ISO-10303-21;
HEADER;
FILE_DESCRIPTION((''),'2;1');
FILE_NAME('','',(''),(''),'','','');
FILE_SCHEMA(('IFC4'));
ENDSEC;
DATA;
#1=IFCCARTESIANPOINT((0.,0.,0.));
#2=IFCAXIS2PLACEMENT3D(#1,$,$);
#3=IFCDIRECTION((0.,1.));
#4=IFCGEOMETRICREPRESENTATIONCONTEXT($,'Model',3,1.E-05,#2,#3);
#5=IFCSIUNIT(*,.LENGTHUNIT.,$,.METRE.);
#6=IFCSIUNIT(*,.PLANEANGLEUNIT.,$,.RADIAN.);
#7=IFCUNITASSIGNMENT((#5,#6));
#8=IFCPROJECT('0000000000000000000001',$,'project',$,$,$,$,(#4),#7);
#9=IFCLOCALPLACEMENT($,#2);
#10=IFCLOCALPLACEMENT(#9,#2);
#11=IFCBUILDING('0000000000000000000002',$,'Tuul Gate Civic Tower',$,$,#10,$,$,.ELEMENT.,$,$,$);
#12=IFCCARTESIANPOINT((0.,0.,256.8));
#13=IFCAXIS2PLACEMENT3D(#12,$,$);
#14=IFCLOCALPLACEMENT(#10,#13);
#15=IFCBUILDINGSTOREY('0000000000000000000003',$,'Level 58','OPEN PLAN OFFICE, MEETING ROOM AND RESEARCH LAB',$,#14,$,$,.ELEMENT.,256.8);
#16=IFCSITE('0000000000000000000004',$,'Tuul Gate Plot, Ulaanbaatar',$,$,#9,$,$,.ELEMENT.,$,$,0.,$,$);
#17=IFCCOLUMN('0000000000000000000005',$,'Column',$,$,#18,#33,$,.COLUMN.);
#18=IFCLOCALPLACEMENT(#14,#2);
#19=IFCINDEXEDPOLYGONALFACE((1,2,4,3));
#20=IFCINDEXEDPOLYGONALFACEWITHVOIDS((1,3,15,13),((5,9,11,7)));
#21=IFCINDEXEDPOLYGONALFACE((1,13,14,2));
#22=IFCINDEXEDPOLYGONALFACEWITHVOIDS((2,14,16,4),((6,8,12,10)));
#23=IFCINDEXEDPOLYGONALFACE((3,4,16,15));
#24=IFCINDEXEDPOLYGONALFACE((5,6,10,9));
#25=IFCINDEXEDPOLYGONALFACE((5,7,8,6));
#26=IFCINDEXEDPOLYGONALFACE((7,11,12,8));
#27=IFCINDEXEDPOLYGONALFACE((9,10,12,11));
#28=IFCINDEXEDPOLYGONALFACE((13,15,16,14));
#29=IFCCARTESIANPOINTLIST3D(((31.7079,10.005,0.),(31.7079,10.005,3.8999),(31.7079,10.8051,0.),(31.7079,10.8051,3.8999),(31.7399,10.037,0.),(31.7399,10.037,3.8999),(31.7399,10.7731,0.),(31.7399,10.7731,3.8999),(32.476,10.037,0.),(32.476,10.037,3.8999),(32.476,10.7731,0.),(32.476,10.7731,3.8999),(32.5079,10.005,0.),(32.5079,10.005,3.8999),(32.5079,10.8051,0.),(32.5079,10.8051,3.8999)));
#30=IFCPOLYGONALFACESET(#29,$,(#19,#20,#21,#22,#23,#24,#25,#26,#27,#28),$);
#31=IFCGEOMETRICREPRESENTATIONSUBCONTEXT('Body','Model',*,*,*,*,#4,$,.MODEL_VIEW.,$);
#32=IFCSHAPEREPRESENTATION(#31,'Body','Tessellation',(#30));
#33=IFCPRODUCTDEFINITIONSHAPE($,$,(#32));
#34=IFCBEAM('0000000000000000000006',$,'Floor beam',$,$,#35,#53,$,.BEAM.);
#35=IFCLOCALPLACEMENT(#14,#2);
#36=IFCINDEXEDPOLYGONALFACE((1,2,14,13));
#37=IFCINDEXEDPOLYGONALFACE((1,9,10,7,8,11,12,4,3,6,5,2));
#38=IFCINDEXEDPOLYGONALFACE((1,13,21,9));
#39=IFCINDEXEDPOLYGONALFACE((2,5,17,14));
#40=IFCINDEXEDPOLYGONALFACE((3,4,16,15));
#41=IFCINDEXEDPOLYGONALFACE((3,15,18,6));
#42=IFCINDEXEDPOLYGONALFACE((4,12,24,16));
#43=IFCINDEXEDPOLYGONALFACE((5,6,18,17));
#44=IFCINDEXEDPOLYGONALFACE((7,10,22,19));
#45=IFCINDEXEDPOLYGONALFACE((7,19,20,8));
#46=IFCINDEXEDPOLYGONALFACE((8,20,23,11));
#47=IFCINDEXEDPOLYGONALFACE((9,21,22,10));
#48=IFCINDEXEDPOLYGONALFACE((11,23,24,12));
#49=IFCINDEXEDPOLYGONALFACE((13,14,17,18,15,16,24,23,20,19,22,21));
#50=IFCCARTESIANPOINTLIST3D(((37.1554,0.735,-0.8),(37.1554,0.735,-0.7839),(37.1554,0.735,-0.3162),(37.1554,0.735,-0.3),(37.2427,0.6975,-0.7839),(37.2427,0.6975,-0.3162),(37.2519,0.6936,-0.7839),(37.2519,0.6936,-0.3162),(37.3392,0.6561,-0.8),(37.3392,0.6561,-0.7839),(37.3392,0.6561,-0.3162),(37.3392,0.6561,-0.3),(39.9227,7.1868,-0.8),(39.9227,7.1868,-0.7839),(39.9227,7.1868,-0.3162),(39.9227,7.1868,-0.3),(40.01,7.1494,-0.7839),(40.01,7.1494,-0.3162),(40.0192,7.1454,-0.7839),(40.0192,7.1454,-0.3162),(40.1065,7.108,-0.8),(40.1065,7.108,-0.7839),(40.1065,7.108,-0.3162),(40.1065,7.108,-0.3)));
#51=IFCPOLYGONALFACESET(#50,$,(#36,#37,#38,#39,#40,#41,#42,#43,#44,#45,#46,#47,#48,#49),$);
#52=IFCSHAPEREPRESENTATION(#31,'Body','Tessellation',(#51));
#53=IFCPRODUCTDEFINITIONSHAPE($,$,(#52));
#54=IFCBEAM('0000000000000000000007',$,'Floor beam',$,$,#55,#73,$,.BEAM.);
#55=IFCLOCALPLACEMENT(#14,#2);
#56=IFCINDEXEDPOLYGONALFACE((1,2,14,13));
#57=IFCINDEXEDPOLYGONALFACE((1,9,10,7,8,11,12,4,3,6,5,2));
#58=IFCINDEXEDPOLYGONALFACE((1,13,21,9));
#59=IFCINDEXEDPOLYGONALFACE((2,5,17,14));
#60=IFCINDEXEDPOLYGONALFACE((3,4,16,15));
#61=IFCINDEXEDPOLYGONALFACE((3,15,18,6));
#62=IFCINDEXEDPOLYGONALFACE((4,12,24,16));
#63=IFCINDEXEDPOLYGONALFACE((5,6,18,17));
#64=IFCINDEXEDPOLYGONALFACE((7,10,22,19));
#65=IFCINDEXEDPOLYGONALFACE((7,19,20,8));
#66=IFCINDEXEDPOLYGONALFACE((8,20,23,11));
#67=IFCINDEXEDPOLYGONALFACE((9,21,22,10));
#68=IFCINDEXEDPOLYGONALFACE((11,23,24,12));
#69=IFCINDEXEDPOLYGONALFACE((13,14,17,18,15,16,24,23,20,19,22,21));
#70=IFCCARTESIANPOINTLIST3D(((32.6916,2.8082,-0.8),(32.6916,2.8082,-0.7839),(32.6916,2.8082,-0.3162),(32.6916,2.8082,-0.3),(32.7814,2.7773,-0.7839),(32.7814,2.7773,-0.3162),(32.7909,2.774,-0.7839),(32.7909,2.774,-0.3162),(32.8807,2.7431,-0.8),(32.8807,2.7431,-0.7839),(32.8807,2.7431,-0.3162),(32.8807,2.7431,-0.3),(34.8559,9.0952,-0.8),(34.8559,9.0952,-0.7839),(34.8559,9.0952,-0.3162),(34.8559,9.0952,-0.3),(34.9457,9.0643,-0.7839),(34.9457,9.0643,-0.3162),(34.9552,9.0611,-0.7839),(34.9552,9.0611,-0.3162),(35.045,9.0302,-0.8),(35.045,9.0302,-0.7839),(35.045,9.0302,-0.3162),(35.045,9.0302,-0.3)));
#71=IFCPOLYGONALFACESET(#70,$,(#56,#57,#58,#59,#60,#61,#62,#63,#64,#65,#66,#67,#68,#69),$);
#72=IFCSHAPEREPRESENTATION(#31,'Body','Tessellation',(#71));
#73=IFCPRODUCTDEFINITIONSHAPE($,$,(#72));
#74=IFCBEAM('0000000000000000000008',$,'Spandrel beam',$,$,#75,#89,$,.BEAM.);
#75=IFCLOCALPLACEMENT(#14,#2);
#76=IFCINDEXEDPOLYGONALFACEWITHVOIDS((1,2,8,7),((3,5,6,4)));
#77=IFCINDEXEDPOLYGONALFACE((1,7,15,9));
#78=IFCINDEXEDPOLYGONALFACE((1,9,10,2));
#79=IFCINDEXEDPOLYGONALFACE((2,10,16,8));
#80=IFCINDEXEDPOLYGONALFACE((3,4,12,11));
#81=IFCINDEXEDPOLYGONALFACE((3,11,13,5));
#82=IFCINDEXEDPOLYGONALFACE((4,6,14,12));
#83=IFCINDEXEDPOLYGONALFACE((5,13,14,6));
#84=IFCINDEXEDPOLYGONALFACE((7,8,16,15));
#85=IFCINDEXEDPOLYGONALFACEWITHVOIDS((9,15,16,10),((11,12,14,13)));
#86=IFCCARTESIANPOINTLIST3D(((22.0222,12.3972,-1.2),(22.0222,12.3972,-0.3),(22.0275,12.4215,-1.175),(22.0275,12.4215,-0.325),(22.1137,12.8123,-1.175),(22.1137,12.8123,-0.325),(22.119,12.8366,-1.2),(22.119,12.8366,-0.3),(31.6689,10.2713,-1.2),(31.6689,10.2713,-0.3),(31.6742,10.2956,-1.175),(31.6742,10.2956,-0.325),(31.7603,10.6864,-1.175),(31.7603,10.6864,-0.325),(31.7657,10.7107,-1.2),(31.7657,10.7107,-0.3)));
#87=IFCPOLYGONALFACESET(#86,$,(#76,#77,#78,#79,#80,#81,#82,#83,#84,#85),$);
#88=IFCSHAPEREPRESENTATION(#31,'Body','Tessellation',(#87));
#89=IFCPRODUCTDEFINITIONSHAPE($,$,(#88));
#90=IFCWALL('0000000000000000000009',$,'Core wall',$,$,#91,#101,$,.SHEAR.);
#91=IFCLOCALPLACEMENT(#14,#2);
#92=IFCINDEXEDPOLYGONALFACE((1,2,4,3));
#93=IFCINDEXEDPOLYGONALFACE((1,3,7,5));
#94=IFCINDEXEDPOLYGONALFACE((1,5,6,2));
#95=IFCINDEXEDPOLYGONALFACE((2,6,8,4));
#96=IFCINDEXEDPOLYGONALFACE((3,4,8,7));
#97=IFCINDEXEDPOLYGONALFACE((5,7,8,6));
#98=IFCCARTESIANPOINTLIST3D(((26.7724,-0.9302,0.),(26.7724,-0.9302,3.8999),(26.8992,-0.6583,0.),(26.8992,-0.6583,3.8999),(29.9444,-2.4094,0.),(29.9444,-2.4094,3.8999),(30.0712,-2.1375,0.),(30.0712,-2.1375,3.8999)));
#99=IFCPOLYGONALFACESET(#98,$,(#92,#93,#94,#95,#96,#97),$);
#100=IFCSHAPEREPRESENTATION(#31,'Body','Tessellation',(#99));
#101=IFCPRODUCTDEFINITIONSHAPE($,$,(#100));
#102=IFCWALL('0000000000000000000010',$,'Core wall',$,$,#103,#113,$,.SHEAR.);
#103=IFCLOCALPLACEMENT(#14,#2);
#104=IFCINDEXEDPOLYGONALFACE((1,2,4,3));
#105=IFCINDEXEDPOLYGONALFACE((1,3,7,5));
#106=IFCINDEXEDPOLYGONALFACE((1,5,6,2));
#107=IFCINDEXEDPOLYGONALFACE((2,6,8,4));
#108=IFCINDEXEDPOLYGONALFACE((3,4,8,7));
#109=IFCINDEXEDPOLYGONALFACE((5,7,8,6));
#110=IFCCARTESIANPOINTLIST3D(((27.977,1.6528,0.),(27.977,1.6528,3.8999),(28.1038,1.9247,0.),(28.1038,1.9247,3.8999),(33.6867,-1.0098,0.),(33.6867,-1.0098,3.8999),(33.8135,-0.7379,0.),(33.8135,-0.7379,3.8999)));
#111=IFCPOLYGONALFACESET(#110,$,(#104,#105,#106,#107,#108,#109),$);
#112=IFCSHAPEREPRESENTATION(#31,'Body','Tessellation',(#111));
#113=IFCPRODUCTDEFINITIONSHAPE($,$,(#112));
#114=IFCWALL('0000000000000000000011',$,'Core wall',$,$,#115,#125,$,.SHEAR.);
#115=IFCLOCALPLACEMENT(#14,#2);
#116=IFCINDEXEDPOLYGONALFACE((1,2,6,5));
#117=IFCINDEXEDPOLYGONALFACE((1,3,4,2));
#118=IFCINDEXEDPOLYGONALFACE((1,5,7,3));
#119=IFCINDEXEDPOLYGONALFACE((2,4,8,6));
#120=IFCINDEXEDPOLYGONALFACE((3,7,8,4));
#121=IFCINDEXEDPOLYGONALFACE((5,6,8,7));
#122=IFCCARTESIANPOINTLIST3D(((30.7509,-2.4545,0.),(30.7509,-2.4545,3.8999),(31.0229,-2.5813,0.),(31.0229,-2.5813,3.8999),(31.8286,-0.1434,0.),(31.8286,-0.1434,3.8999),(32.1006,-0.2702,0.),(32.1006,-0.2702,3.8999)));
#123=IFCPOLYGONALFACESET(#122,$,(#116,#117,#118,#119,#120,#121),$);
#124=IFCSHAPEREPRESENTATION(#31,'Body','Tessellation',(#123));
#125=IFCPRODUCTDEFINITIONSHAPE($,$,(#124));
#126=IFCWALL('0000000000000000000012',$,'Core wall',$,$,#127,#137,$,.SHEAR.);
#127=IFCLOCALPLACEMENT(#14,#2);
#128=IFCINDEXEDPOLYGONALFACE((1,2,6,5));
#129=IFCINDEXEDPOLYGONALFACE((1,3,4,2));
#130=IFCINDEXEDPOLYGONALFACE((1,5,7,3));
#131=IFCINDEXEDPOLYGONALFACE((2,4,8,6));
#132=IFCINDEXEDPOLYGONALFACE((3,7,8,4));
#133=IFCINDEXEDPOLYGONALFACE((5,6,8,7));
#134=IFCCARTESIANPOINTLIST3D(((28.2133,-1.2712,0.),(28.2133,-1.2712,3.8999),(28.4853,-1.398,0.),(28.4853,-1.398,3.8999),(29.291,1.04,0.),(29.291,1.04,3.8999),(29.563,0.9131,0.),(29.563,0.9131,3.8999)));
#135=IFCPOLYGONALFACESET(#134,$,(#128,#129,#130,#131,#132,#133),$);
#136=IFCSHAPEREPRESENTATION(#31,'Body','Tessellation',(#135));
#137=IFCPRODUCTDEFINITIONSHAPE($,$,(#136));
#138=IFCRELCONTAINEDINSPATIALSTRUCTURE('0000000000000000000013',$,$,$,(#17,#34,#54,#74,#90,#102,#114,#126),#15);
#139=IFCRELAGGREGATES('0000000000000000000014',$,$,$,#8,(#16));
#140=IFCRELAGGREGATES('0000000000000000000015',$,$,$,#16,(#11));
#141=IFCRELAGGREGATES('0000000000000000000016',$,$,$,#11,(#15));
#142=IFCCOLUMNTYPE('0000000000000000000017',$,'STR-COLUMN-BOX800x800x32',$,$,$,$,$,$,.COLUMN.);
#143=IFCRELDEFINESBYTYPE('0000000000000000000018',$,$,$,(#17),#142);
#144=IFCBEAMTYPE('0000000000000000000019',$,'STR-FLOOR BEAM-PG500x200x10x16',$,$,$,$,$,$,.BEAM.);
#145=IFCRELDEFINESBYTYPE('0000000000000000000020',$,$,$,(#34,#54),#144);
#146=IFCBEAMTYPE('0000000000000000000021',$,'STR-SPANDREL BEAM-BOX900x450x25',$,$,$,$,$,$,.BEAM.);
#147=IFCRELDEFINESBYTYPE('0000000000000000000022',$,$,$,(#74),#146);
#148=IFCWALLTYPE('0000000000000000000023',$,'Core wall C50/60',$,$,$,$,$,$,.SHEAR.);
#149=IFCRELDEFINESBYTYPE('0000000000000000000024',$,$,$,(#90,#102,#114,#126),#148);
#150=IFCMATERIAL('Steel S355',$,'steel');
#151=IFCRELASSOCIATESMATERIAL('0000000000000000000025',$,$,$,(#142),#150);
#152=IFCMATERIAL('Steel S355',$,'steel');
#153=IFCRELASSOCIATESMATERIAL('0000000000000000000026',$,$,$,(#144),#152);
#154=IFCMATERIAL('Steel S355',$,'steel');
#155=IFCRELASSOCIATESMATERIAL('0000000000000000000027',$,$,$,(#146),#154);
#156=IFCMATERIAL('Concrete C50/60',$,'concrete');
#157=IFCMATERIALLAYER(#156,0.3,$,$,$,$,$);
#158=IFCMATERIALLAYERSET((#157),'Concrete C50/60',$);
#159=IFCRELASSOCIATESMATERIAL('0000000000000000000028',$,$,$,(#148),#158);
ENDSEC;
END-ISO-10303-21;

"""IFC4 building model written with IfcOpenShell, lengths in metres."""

from ifc_helpers import new_model, si_unit, direction, frame, frame_2d, origin, origin_2d, place, context, subcontext, project, spatial, rectangle, hollow_rectangle, i_section, extrude, material, layer, layer_set, material_profile, profile_set, type_object, element, save


model = new_model("IFC4")

# Units and contexts
model_context = context("Model", 3, precision=1e-05, world=origin(), true_north=direction((0.0, 1.0)))
body_context = subcontext(model_context, "Body", "Model", "MODEL_VIEW")
ifc_project = project(units=[si_unit("LENGTHUNIT", "METRE"), si_unit("PLANEANGLEUNIT", "RADIAN")], contexts=[model_context])

# Site, building, storey
site_placement = place(None, origin())
site = spatial("IfcSite", under=ifc_project, at=site_placement, Name="Tuul Gate Plot, Ulaanbaatar", CompositionType="ELEMENT", RefElevation=0.0)
building_placement = place(site_placement, origin())
building = spatial("IfcBuilding", under=site, at=building_placement, Name="Tuul Gate Civic Tower", CompositionType="ELEMENT")
storey_placement = place(building_placement, frame((0.0, 0.0, 256.8)))
storey = spatial("IfcBuildingStorey", under=building, at=storey_placement, Name="Level 58", Description="OPEN PLAN OFFICE, MEETING ROOM AND RESEARCH LAB", CompositionType="ELEMENT", Elevation=256.8)

# Column
ifc_material_1 = material(Name="Steel S355", Category="steel")
ifc_material_profile_1 = material_profile(ifc_material_1, hollow_rectangle(XDim=0.8, YDim=0.8, WallThickness=0.032, at=origin_2d()), Name="BOX800x800x32")
ifc_profile_set_1 = profile_set([ifc_material_profile_1], Name="Steel S355")
column_type = type_object("IfcColumnType", Name="STR-COLUMN-BOX800x800x32", PredefinedType="COLUMN", material=ifc_profile_set_1)
column_placement = place(storey_placement, frame((32.1079, 10.405, 0.0), z_axis=(0.0, 0.0, 1.0), x_axis=(1.0, 0.0, 0.0)))
element("IfcColumn", 1, at=column_placement, inside=storey, type_object=column_type, Name="Column", PredefinedType="COLUMN", context=body_context, shape_type="SweptSolid", body=[
    extrude(hollow_rectangle(XDim=0.8, YDim=0.8, WallThickness=0.032, at=origin_2d()), origin(), (0.0, 0.0, 1.0), 3.8999),
])

# Beams
ifc_material_2 = material(Name="Steel S355", Category="steel")
ifc_material_profile_2 = material_profile(ifc_material_2, i_section(OverallWidth=0.2, OverallDepth=0.5, WebThickness=0.01, FlangeThickness=0.0161, at=origin_2d()), Name="PG500x200x10x16")
ifc_profile_set_2 = profile_set([ifc_material_profile_2], Name="Steel S355")
beam_type_1 = type_object("IfcBeamType", Name="STR-FLOOR BEAM-PG500x200x10x16", PredefinedType="BEAM", material=ifc_profile_set_2)
beam_1_placement = place(storey_placement, frame((37.2473, 0.6956, -0.55), z_axis=(0.394188, 0.91903, 0.0), x_axis=(-0.91903, 0.394188, 0.0)))
element("IfcBeam", 2, at=beam_1_placement, inside=storey, type_object=beam_type_1, Name="Floor beam", PredefinedType="BEAM", context=body_context, shape_type="SweptSolid", body=[
    extrude(i_section(OverallWidth=0.2, OverallDepth=0.5, WebThickness=0.01, FlangeThickness=0.0161, at=origin_2d()), origin(), (0.0, 0.0, 1.0), 7.0203),
])
beam_2_placement = place(storey_placement, frame((32.7861, 2.7756, -0.55), z_axis=(0.325498, 0.945543, 0.0), x_axis=(-0.945543, 0.325498, 0.0)))
element("IfcBeam", 3, at=beam_2_placement, inside=storey, type_object=beam_type_1, Name="Floor beam", PredefinedType="BEAM", context=body_context, shape_type="SweptSolid", body=[
    extrude(i_section(OverallWidth=0.2, OverallDepth=0.5, WebThickness=0.01, FlangeThickness=0.0161, at=origin_2d()), origin(), (0.0, 0.0, 1.0), 6.6492),
])
ifc_material_3 = material(Name="Steel S355", Category="steel")
ifc_material_profile_3 = material_profile(ifc_material_3, hollow_rectangle(XDim=0.45, YDim=0.8999, WallThickness=0.0249, at=origin_2d()), Name="BOX900x450x25")
ifc_profile_set_3 = profile_set([ifc_material_profile_3], Name="Steel S355")
beam_type_2 = type_object("IfcBeamType", Name="STR-SPANDREL BEAM-BOX900x450x25", PredefinedType="BEAM", material=ifc_profile_set_3)
beam_3_placement = place(storey_placement, frame((31.7173, 10.491, -0.75), z_axis=(-0.976566, 0.215219, 0.0), x_axis=(-0.215219, -0.976566, 0.0)))
element("IfcBeam", 4, at=beam_3_placement, inside=storey, type_object=beam_type_2, Name="Spandrel beam", PredefinedType="BEAM", context=body_context, shape_type="SweptSolid", body=[
    extrude(hollow_rectangle(XDim=0.45, YDim=0.8999, WallThickness=0.0249, at=origin_2d()), origin(), (0.0, 0.0, 1.0), 9.8782),
])

# Walls
ifc_material_4 = material(Name="Concrete C50/60", Category="concrete")
ifc_layer_1 = layer(ifc_material_4, 0.3)
ifc_layer_set_1 = layer_set([ifc_layer_1], Name="Concrete C50/60")
wall_type_1 = type_object("IfcWallType", Name="Core wall C50/60", PredefinedType="SHEAR", material=ifc_layer_set_1)
wall_1_placement = place(storey_placement, frame((30.0078, -2.2734, 0.0), z_axis=(0.0, 0.0, 1.0), x_axis=(-0.906301, 0.422633, 0.0)))
element("IfcWall", 5, at=wall_1_placement, inside=storey, type_object=wall_type_1, Name="Core wall", PredefinedType="SHEAR", context=body_context, shape_type="SweptSolid", body=[
    extrude(rectangle(XDim=3.5, YDim=0.3, at=frame_2d((1.75, 0.0))), origin(), (0.0, 0.0, 1.0), 3.8999),
])
wall_2_placement = place(storey_placement, frame((33.75, -0.8738, 0.0), z_axis=(0.0, 0.0, 1.0), x_axis=(-0.906301, 0.422633, 0.0)))
element("IfcWall", 6, at=wall_2_placement, inside=storey, type_object=wall_type_1, Name="Core wall", PredefinedType="SHEAR", context=body_context, shape_type="SweptSolid", body=[
    extrude(rectangle(XDim=6.3, YDim=0.3, at=frame_2d((3.1499, 0.0))), origin(), (0.0, 0.0, 1.0), 3.8999),
])
for number, where, z_axis, x_axis, name in (
    (7, (30.887, -2.5178, 0.0), (0.0, 0.0, 1.0), (0.422613, 0.90631, 0.0), "Core wall"),
    (8, (28.3494, -1.3345, 0.0), (0.0, 0.0, 1.0), (0.422613, 0.90631, 0.0), "Core wall"),
):
    element("IfcWall", number, at=place(storey_placement, frame(where, z_axis=z_axis, x_axis=x_axis)), inside=storey, type_object=wall_type_1, Name=name, PredefinedType="SHEAR", context=body_context, shape_type="SweptSolid", body=[
        extrude(rectangle(XDim=2.55, YDim=0.3, at=frame_2d((1.2749, 0.0))), origin(), (0.0, 0.0, 1.0), 3.8999),
    ])

save(model, "model.ifc")
